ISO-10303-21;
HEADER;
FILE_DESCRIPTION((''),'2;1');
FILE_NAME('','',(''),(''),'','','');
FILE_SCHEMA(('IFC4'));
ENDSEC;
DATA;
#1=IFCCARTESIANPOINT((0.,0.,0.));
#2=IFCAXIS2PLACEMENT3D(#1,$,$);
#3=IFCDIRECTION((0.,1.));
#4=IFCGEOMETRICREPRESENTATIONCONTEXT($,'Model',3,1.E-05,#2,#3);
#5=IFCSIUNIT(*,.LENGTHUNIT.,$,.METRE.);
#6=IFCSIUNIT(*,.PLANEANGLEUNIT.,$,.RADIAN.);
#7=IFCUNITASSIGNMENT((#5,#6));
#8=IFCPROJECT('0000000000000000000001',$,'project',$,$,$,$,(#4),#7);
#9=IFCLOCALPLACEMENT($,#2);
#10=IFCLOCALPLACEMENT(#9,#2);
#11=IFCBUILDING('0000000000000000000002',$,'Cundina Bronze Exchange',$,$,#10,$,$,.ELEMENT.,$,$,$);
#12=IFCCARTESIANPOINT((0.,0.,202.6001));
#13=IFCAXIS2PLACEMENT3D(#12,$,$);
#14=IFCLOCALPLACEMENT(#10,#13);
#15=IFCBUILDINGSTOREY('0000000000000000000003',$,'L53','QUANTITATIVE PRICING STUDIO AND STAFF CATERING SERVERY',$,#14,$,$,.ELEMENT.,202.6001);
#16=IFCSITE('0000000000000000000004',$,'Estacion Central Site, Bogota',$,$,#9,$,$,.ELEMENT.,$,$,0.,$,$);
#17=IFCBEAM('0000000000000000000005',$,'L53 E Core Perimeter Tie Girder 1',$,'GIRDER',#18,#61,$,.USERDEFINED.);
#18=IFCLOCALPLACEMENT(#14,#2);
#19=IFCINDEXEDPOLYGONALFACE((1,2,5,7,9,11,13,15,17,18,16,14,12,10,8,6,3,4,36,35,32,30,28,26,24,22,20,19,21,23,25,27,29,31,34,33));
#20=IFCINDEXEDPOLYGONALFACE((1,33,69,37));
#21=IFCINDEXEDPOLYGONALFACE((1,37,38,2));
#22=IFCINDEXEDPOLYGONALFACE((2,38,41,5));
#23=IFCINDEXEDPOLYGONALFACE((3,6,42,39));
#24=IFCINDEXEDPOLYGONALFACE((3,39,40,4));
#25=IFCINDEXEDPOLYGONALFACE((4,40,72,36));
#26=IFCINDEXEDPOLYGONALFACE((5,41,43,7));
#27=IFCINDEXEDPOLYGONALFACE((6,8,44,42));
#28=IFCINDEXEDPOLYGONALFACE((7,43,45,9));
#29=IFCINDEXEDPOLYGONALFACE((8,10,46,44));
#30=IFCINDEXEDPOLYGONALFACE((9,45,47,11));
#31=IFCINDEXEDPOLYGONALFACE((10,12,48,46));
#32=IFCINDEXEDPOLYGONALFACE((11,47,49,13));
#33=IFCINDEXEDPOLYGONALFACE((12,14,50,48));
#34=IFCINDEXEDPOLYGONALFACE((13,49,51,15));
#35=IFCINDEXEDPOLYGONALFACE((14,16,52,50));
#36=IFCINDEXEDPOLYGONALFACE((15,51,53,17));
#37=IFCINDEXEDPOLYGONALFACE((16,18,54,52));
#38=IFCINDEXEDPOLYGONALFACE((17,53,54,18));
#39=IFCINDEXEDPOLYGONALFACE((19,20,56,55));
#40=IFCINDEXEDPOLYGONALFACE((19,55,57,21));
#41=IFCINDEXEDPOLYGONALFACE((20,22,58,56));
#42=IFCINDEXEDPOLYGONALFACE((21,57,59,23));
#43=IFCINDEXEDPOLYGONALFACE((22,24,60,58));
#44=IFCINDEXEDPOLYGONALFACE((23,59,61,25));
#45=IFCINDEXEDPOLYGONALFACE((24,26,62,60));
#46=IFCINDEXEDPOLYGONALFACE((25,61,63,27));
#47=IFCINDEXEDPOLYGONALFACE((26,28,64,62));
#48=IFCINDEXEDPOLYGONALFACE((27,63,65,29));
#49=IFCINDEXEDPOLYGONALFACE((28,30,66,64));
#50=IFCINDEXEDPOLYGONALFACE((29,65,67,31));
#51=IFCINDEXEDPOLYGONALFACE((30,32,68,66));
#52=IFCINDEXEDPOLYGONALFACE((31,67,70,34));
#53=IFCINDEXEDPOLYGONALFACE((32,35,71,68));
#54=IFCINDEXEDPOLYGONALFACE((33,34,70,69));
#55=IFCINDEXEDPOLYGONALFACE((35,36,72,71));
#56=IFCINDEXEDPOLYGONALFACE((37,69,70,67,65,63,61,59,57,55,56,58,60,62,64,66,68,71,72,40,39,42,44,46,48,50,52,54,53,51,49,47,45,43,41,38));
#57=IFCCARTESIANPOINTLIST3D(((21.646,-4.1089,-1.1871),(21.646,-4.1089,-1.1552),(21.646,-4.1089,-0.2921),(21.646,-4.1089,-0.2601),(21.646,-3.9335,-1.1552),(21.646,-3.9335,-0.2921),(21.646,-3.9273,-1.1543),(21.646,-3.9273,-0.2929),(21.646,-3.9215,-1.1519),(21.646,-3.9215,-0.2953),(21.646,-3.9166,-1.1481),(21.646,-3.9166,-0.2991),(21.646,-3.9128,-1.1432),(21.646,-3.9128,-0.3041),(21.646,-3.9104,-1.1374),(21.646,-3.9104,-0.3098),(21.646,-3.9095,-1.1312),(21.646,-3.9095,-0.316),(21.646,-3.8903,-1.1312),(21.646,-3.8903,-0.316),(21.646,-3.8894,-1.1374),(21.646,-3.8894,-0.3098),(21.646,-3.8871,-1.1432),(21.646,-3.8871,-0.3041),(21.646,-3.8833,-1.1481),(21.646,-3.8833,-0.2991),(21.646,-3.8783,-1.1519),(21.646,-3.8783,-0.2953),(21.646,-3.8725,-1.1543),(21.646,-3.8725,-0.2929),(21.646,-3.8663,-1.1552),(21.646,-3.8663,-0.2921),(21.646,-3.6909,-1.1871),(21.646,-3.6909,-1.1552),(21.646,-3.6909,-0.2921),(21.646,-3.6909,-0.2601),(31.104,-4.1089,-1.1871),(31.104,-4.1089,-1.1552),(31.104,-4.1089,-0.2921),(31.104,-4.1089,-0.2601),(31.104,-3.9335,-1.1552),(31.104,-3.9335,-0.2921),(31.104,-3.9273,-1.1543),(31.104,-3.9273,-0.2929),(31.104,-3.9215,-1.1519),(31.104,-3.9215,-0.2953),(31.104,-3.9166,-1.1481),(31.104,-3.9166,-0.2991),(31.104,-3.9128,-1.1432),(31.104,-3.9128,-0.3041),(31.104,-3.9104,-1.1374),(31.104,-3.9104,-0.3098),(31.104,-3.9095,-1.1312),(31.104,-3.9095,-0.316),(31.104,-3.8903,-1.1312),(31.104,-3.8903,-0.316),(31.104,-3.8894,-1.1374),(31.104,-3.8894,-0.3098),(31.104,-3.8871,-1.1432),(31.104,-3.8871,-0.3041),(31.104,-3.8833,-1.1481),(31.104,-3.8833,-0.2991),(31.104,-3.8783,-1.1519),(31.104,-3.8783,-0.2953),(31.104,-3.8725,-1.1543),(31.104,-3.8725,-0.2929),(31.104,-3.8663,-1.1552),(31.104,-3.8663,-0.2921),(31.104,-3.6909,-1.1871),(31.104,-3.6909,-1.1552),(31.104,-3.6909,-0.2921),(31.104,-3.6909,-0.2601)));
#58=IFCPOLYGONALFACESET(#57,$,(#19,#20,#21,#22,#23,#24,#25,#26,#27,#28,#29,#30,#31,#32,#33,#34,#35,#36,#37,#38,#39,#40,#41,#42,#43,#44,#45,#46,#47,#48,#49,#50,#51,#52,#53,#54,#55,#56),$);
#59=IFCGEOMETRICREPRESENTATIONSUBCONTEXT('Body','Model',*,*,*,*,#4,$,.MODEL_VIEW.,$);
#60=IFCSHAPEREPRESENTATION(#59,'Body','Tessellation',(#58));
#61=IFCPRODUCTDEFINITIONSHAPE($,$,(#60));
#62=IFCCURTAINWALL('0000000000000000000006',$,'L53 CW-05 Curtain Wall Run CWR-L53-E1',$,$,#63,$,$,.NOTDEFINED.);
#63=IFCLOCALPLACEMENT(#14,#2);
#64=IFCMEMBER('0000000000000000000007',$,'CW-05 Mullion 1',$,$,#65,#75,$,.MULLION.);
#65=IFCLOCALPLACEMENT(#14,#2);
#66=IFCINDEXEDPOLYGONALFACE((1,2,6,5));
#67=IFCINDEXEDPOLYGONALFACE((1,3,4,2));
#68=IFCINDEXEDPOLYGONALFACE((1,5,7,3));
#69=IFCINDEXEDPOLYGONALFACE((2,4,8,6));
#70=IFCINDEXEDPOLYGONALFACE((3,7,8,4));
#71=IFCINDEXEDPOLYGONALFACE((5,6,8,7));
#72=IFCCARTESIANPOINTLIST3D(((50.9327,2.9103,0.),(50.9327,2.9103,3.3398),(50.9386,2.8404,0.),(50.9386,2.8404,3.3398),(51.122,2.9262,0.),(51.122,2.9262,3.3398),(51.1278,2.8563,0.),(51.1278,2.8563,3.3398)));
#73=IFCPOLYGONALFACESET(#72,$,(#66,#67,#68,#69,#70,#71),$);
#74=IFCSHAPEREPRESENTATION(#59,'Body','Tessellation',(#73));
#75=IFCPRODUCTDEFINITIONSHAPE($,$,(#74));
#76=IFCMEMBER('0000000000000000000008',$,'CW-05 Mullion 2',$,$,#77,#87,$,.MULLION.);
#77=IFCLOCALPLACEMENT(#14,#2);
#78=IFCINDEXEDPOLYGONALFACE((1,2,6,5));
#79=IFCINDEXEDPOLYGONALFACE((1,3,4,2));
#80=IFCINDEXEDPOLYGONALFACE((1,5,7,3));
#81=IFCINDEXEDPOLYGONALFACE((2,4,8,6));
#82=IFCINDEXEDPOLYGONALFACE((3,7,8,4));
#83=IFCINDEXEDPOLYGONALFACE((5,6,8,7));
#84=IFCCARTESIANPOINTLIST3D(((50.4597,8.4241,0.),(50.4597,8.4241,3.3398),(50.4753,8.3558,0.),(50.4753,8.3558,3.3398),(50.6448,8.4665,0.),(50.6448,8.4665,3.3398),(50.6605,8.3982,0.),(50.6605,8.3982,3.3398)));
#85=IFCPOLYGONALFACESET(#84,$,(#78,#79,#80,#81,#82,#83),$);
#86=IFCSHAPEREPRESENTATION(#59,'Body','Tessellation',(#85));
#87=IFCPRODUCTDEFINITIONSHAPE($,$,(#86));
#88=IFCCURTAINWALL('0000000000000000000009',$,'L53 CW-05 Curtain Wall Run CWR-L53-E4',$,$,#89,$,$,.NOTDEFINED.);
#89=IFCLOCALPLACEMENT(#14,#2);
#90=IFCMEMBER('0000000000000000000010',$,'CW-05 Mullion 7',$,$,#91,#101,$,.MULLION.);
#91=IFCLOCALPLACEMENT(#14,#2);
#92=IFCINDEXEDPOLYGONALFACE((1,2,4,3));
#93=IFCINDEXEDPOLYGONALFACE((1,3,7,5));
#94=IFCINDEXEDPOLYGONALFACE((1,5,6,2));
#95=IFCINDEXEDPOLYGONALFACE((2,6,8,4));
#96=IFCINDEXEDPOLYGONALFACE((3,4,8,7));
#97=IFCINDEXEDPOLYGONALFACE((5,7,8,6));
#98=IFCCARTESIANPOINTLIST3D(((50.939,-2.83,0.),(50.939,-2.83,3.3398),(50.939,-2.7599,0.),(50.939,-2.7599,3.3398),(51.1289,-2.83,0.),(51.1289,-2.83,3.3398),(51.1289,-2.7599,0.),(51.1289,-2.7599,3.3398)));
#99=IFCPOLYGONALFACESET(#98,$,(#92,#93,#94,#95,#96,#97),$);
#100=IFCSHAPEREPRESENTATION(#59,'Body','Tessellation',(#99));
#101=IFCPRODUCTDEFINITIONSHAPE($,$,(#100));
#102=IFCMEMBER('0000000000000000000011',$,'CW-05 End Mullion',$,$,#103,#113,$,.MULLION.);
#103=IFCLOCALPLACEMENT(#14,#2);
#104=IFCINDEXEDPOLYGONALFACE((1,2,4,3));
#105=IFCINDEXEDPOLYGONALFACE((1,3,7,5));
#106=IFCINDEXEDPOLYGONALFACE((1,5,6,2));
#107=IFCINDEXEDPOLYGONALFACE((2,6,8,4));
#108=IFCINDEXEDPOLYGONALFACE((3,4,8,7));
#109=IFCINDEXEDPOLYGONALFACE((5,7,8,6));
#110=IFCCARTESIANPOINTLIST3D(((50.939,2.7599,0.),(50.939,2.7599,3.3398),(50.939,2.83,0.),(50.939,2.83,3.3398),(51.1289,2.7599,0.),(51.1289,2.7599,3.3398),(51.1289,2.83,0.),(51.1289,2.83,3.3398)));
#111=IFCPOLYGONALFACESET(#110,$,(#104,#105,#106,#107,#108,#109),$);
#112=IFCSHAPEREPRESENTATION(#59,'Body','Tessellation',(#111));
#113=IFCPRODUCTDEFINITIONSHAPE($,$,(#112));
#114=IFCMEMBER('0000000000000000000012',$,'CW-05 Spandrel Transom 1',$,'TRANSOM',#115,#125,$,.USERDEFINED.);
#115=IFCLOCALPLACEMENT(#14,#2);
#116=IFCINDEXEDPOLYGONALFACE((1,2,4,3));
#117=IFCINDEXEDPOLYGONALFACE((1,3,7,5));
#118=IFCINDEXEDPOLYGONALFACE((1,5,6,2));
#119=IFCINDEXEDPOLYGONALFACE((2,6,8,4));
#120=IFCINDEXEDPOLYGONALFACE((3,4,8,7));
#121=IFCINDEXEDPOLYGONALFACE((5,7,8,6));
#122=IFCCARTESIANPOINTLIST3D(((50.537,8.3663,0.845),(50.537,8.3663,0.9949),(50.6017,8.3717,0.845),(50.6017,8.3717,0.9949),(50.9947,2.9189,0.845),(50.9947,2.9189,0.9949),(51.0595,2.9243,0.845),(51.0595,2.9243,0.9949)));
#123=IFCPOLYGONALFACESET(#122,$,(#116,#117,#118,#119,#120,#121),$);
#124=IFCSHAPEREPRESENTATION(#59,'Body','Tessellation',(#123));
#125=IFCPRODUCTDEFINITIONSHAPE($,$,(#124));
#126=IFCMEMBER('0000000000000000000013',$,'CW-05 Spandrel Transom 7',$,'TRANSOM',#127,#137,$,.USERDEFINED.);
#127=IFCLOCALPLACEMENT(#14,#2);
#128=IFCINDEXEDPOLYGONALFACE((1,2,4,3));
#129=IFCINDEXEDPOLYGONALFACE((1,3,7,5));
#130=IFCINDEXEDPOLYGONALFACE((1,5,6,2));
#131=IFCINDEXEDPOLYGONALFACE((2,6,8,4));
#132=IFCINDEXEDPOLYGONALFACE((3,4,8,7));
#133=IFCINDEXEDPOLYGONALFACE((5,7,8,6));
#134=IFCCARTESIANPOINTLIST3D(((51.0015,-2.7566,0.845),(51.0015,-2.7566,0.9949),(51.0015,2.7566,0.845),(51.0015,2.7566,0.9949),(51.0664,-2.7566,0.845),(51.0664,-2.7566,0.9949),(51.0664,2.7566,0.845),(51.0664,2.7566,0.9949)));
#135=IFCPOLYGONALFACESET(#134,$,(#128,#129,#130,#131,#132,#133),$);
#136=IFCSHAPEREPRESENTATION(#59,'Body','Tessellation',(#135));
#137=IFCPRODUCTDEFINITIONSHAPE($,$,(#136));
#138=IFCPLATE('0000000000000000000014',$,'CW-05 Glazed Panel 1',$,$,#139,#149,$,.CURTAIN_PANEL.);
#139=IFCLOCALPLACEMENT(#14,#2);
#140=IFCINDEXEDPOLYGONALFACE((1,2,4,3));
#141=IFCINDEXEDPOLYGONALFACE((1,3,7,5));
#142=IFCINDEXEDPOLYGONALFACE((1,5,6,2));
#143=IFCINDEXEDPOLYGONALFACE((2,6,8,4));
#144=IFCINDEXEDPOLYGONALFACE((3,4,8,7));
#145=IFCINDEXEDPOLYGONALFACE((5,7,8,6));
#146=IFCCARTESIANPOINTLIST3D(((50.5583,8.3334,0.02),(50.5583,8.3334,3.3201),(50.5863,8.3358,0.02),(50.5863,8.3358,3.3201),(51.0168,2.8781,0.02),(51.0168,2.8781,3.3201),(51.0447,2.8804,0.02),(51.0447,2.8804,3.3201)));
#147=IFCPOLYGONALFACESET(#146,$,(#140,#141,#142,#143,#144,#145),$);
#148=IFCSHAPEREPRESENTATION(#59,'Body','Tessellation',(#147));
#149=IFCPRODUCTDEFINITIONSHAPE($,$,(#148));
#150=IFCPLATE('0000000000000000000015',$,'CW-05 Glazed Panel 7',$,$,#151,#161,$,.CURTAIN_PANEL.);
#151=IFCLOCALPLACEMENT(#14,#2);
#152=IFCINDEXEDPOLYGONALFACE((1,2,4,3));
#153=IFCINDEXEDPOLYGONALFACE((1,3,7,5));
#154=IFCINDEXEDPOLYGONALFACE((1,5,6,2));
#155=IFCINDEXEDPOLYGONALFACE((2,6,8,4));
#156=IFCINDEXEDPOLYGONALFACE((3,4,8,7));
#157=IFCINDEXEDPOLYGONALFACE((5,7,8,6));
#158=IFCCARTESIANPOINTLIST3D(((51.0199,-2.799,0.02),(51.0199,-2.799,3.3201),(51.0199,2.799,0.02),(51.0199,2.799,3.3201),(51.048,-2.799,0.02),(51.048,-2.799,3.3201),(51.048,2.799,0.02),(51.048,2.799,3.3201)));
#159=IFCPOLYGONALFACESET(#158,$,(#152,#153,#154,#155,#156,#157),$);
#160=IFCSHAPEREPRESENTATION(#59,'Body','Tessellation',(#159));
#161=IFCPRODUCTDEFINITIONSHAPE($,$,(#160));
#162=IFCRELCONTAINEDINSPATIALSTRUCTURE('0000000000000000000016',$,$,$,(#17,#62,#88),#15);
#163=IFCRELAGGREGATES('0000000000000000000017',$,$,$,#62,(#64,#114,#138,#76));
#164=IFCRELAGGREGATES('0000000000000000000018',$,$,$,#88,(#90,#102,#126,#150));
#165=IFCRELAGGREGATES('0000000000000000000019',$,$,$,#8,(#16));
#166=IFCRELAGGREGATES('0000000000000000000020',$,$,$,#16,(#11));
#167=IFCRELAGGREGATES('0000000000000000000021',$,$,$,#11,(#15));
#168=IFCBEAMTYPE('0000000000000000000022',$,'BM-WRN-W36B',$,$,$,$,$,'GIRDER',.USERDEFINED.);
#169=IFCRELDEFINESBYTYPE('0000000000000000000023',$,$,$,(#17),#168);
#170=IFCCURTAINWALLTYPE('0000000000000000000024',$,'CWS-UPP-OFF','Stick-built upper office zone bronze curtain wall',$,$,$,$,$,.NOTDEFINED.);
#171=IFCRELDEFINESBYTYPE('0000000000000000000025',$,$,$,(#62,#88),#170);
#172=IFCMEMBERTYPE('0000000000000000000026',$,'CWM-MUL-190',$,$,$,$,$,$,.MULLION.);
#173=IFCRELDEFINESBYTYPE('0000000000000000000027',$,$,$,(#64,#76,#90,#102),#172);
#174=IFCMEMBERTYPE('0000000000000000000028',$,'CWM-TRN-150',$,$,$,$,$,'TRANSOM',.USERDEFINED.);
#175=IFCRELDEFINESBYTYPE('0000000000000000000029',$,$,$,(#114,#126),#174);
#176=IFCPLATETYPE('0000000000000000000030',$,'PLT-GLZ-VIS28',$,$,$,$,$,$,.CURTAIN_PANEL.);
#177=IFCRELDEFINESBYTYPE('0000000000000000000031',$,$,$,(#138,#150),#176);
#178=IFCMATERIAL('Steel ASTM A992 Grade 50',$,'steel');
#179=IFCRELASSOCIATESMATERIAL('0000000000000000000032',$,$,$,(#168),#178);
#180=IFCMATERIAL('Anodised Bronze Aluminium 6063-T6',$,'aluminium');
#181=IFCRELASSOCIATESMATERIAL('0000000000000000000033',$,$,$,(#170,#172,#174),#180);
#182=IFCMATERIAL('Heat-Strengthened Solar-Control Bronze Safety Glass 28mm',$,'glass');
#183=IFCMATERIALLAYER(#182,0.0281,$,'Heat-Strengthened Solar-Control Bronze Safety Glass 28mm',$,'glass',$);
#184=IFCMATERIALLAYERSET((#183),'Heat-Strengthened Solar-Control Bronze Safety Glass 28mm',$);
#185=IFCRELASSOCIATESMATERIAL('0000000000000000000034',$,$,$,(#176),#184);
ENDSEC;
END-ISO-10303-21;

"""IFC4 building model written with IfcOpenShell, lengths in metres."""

from ifc_helpers import new_model, si_unit, direction, frame, origin, origin_2d, place, context, subcontext, project, spatial, rectangle, i_section, extrude, material, layer, layer_set, material_profile, profile_set, type_object, element, aggregate, save


model = new_model("IFC4")

# Units and contexts
model_context = context("Model", 3, precision=1e-05, world=origin(), true_north=direction((0.0, 1.0)))
body_context = subcontext(model_context, "Body", "Model", "MODEL_VIEW")
ifc_project = project(units=[si_unit("LENGTHUNIT", "METRE"), si_unit("PLANEANGLEUNIT", "RADIAN")], contexts=[model_context])

# Site, building, storey
site_placement = place(None, origin())
site = spatial("IfcSite", under=ifc_project, at=site_placement, Name="Estacion Central Site, Bogota", CompositionType="ELEMENT", RefElevation=0.0)
building_placement = place(site_placement, origin())
building = spatial("IfcBuilding", under=site, at=building_placement, Name="Cundina Bronze Exchange", CompositionType="ELEMENT")
storey_placement = place(building_placement, frame((0.0, 0.0, 202.6001)))
storey = spatial("IfcBuildingStorey", under=building, at=storey_placement, Name="L53", Description="QUANTITATIVE PRICING STUDIO AND STAFF CATERING SERVERY", CompositionType="ELEMENT", Elevation=202.6001)

# Shared definitions
ifc_material_1 = material(Name="Steel ASTM A992 Grade 50", Category="steel")

# Beam
ifc_material_profile_1 = material_profile(ifc_material_1, i_section(OverallWidth=0.418, OverallDepth=0.927, WebThickness=0.0193, FlangeThickness=0.032, FilletRadius=0.0239, at=origin_2d()), Name="W36X231", Category="steel")
ifc_profile_set_1 = profile_set([ifc_material_profile_1], Name="Steel ASTM A992 Grade 50")
beam_type_1 = type_object("IfcBeamType", Name="BM-WRN-W36B", ElementType="GIRDER", PredefinedType="USERDEFINED", material=ifc_profile_set_1)
beam_1_placement = place(storey_placement, frame((31.104, -3.8999, -0.7236), z_axis=(-1.0, 0.0, 0.0), x_axis=(0.0, -1.0, 0.0)))
element("IfcBeam", 1, at=beam_1_placement, inside=storey, type_object=beam_type_1, Name="L53 E Core Perimeter Tie Girder 1", ObjectType="GIRDER", PredefinedType="USERDEFINED", context=body_context, shape_type="SweptSolid", body=[
    extrude(i_section(OverallWidth=0.418, OverallDepth=0.927, WebThickness=0.0193, FlangeThickness=0.032, FilletRadius=0.0239, at=origin_2d()), origin(), (0.0, 0.0, 1.0), 9.458),
])

# Curtain walls, members
ifc_material_2 = material(Name="Anodised Bronze Aluminium 6063-T6", Category="aluminium")
curtain_wall_type = type_object("IfcCurtainWallType", Name="CWS-UPP-OFF", Description="Stick-built upper office zone bronze curtain wall", PredefinedType="NOTDEFINED", material=ifc_material_2)
curtain_wall_1_placement = place(storey_placement, origin())
curtain_wall_1 = element("IfcCurtainWall", 2, at=curtain_wall_1_placement, inside=storey, type_object=curtain_wall_type, Name="L53 CW-05 Curtain Wall Run CWR-L53-E1", PredefinedType="NOTDEFINED")
ifc_material_profile_2 = material_profile(ifc_material_2, rectangle(XDim=0.0701, YDim=0.1899, at=origin_2d()), Name="AL70X190", Category="aluminium")
ifc_profile_set_2 = profile_set([ifc_material_profile_2], Name="Anodised Bronze Aluminium 6063-T6")
member_type_1 = type_object("IfcMemberType", Name="CWM-MUL-190", PredefinedType="MULLION", material=ifc_profile_set_2)
member_1_placement = place(storey_placement, frame((51.0303, 2.8833, 0.0), z_axis=(0.0, 0.0, 1.0), x_axis=(-0.083678, 0.996493, 0.0)))
member_1 = element("IfcMember", 3, at=member_1_placement, type_object=member_type_1, Name="CW-05 Mullion 1", PredefinedType="MULLION", context=body_context, shape_type="SweptSolid", body=[
    extrude(rectangle(XDim=0.0701, YDim=0.1899, at=origin_2d()), origin(), (0.0, 0.0, 1.0), 3.3398),
])
member_2_placement = place(storey_placement, frame((50.5601, 8.4111, 0.0), z_axis=(0.0, 0.0, 1.0), x_axis=(-0.22325, 0.974761, 0.0)))
member_2 = element("IfcMember", 4, at=member_2_placement, type_object=member_type_1, Name="CW-05 Mullion 2", PredefinedType="MULLION", context=body_context, shape_type="SweptSolid", body=[
    extrude(rectangle(XDim=0.0701, YDim=0.1899, at=origin_2d()), origin(), (0.0, 0.0, 1.0), 3.3398),
])
curtain_wall_2_placement = place(storey_placement, origin())
curtain_wall_2 = element("IfcCurtainWall", 5, at=curtain_wall_2_placement, inside=storey, type_object=curtain_wall_type, Name="L53 CW-05 Curtain Wall Run CWR-L53-E4", PredefinedType="NOTDEFINED")
member_3_placement = place(storey_placement, frame((51.0339, -2.7949, 0.0), z_axis=(0.0, 0.0, 1.0), x_axis=(0.0, 1.0, 0.0)))
member_3 = element("IfcMember", 6, at=member_3_placement, type_object=member_type_1, Name="CW-05 Mullion 7", PredefinedType="MULLION", context=body_context, shape_type="SweptSolid", body=[
    extrude(rectangle(XDim=0.0701, YDim=0.1899, at=origin_2d()), origin(), (0.0, 0.0, 1.0), 3.3398),
])
member_4_placement = place(storey_placement, frame((51.0339, 2.7949, 0.0), z_axis=(0.0, 0.0, 1.0), x_axis=(0.0, 1.0, 0.0)))
member_4 = element("IfcMember", 7, at=member_4_placement, type_object=member_type_1, Name="CW-05 End Mullion", PredefinedType="MULLION", context=body_context, shape_type="SweptSolid", body=[
    extrude(rectangle(XDim=0.0701, YDim=0.1899, at=origin_2d()), origin(), (0.0, 0.0, 1.0), 3.3398),
])

# Members
ifc_material_profile_3 = material_profile(ifc_material_2, rectangle(XDim=0.0649, YDim=0.1499, at=origin_2d()), Name="AL65X150", Category="aluminium")
ifc_profile_set_3 = profile_set([ifc_material_profile_3], Name="Anodised Bronze Aluminium 6063-T6")
member_type_2 = type_object("IfcMemberType", Name="CWM-TRN-150", ElementType="TRANSOM", PredefinedType="USERDEFINED", material=ifc_profile_set_3)
member_5_placement = place(storey_placement, frame((51.0271, 2.9216, 0.9199), z_axis=(-0.08374, 0.996488, 0.0), x_axis=(-0.996488, -0.08374, 0.0)))
member_5 = element("IfcMember", 8, at=member_5_placement, type_object=member_type_2, Name="CW-05 Spandrel Transom 1", ObjectType="TRANSOM", PredefinedType="USERDEFINED", context=body_context, shape_type="SweptSolid", body=[
    extrude(rectangle(XDim=0.0649, YDim=0.1499, at=origin_2d()), origin(), (0.0, 0.0, 1.0), 5.4666),
])
member_6_placement = place(storey_placement, frame((51.0339, -2.7566, 0.9199), z_axis=(0.0, 1.0, 0.0), x_axis=(-1.0, 0.0, 0.0)))
member_6 = element("IfcMember", 9, at=member_6_placement, type_object=member_type_2, Name="CW-05 Spandrel Transom 7", ObjectType="TRANSOM", PredefinedType="USERDEFINED", context=body_context, shape_type="SweptSolid", body=[
    extrude(rectangle(XDim=0.0649, YDim=0.1499, at=origin_2d()), origin(), (0.0, 0.0, 1.0), 5.5132),
])

# Plates
ifc_material_3 = material(Name="Heat-Strengthened Solar-Control Bronze Safety Glass 28mm", Category="glass")
ifc_layer_1 = layer(ifc_material_3, 0.0281, Name="Heat-Strengthened Solar-Control Bronze Safety Glass 28mm", Category="glass")
ifc_layer_set_1 = layer_set([ifc_layer_1], Name="Heat-Strengthened Solar-Control Bronze Safety Glass 28mm")
plate_type = type_object("IfcPlateType", Name="PLT-GLZ-VIS28", PredefinedType="CURTAIN_PANEL", material=ifc_layer_set_1)
plate_1_placement = place(storey_placement, frame((50.8015, 5.6069, 0.02), z_axis=(0.0, 0.0, 1.0), x_axis=(-0.083747, 0.996487, 0.0)))
plate_1 = element("IfcPlate", 10, at=plate_1_placement, type_object=plate_type, Name="CW-05 Glazed Panel 1", PredefinedType="CURTAIN_PANEL", context=body_context, shape_type="SweptSolid", body=[
    extrude(rectangle(XDim=5.4746, YDim=0.0281, at=origin_2d()), origin(), (0.0, 0.0, 1.0), 3.3),
])
aggregate(curtain_wall_1, [member_1, member_5, plate_1, member_2])
plate_2_placement = place(storey_placement, frame((51.0339, 0.0, 0.02), z_axis=(0.0, 0.0, 1.0), x_axis=(0.0, 1.0, 0.0)))
plate_2 = element("IfcPlate", 11, at=plate_2_placement, type_object=plate_type, Name="CW-05 Glazed Panel 7", PredefinedType="CURTAIN_PANEL", context=body_context, shape_type="SweptSolid", body=[
    extrude(rectangle(XDim=5.5979, YDim=0.0281, at=origin_2d()), origin(), (0.0, 0.0, 1.0), 3.3),
])
aggregate(curtain_wall_2, [member_3, member_4, member_6, plate_2])

save(model, "model.ifc")
